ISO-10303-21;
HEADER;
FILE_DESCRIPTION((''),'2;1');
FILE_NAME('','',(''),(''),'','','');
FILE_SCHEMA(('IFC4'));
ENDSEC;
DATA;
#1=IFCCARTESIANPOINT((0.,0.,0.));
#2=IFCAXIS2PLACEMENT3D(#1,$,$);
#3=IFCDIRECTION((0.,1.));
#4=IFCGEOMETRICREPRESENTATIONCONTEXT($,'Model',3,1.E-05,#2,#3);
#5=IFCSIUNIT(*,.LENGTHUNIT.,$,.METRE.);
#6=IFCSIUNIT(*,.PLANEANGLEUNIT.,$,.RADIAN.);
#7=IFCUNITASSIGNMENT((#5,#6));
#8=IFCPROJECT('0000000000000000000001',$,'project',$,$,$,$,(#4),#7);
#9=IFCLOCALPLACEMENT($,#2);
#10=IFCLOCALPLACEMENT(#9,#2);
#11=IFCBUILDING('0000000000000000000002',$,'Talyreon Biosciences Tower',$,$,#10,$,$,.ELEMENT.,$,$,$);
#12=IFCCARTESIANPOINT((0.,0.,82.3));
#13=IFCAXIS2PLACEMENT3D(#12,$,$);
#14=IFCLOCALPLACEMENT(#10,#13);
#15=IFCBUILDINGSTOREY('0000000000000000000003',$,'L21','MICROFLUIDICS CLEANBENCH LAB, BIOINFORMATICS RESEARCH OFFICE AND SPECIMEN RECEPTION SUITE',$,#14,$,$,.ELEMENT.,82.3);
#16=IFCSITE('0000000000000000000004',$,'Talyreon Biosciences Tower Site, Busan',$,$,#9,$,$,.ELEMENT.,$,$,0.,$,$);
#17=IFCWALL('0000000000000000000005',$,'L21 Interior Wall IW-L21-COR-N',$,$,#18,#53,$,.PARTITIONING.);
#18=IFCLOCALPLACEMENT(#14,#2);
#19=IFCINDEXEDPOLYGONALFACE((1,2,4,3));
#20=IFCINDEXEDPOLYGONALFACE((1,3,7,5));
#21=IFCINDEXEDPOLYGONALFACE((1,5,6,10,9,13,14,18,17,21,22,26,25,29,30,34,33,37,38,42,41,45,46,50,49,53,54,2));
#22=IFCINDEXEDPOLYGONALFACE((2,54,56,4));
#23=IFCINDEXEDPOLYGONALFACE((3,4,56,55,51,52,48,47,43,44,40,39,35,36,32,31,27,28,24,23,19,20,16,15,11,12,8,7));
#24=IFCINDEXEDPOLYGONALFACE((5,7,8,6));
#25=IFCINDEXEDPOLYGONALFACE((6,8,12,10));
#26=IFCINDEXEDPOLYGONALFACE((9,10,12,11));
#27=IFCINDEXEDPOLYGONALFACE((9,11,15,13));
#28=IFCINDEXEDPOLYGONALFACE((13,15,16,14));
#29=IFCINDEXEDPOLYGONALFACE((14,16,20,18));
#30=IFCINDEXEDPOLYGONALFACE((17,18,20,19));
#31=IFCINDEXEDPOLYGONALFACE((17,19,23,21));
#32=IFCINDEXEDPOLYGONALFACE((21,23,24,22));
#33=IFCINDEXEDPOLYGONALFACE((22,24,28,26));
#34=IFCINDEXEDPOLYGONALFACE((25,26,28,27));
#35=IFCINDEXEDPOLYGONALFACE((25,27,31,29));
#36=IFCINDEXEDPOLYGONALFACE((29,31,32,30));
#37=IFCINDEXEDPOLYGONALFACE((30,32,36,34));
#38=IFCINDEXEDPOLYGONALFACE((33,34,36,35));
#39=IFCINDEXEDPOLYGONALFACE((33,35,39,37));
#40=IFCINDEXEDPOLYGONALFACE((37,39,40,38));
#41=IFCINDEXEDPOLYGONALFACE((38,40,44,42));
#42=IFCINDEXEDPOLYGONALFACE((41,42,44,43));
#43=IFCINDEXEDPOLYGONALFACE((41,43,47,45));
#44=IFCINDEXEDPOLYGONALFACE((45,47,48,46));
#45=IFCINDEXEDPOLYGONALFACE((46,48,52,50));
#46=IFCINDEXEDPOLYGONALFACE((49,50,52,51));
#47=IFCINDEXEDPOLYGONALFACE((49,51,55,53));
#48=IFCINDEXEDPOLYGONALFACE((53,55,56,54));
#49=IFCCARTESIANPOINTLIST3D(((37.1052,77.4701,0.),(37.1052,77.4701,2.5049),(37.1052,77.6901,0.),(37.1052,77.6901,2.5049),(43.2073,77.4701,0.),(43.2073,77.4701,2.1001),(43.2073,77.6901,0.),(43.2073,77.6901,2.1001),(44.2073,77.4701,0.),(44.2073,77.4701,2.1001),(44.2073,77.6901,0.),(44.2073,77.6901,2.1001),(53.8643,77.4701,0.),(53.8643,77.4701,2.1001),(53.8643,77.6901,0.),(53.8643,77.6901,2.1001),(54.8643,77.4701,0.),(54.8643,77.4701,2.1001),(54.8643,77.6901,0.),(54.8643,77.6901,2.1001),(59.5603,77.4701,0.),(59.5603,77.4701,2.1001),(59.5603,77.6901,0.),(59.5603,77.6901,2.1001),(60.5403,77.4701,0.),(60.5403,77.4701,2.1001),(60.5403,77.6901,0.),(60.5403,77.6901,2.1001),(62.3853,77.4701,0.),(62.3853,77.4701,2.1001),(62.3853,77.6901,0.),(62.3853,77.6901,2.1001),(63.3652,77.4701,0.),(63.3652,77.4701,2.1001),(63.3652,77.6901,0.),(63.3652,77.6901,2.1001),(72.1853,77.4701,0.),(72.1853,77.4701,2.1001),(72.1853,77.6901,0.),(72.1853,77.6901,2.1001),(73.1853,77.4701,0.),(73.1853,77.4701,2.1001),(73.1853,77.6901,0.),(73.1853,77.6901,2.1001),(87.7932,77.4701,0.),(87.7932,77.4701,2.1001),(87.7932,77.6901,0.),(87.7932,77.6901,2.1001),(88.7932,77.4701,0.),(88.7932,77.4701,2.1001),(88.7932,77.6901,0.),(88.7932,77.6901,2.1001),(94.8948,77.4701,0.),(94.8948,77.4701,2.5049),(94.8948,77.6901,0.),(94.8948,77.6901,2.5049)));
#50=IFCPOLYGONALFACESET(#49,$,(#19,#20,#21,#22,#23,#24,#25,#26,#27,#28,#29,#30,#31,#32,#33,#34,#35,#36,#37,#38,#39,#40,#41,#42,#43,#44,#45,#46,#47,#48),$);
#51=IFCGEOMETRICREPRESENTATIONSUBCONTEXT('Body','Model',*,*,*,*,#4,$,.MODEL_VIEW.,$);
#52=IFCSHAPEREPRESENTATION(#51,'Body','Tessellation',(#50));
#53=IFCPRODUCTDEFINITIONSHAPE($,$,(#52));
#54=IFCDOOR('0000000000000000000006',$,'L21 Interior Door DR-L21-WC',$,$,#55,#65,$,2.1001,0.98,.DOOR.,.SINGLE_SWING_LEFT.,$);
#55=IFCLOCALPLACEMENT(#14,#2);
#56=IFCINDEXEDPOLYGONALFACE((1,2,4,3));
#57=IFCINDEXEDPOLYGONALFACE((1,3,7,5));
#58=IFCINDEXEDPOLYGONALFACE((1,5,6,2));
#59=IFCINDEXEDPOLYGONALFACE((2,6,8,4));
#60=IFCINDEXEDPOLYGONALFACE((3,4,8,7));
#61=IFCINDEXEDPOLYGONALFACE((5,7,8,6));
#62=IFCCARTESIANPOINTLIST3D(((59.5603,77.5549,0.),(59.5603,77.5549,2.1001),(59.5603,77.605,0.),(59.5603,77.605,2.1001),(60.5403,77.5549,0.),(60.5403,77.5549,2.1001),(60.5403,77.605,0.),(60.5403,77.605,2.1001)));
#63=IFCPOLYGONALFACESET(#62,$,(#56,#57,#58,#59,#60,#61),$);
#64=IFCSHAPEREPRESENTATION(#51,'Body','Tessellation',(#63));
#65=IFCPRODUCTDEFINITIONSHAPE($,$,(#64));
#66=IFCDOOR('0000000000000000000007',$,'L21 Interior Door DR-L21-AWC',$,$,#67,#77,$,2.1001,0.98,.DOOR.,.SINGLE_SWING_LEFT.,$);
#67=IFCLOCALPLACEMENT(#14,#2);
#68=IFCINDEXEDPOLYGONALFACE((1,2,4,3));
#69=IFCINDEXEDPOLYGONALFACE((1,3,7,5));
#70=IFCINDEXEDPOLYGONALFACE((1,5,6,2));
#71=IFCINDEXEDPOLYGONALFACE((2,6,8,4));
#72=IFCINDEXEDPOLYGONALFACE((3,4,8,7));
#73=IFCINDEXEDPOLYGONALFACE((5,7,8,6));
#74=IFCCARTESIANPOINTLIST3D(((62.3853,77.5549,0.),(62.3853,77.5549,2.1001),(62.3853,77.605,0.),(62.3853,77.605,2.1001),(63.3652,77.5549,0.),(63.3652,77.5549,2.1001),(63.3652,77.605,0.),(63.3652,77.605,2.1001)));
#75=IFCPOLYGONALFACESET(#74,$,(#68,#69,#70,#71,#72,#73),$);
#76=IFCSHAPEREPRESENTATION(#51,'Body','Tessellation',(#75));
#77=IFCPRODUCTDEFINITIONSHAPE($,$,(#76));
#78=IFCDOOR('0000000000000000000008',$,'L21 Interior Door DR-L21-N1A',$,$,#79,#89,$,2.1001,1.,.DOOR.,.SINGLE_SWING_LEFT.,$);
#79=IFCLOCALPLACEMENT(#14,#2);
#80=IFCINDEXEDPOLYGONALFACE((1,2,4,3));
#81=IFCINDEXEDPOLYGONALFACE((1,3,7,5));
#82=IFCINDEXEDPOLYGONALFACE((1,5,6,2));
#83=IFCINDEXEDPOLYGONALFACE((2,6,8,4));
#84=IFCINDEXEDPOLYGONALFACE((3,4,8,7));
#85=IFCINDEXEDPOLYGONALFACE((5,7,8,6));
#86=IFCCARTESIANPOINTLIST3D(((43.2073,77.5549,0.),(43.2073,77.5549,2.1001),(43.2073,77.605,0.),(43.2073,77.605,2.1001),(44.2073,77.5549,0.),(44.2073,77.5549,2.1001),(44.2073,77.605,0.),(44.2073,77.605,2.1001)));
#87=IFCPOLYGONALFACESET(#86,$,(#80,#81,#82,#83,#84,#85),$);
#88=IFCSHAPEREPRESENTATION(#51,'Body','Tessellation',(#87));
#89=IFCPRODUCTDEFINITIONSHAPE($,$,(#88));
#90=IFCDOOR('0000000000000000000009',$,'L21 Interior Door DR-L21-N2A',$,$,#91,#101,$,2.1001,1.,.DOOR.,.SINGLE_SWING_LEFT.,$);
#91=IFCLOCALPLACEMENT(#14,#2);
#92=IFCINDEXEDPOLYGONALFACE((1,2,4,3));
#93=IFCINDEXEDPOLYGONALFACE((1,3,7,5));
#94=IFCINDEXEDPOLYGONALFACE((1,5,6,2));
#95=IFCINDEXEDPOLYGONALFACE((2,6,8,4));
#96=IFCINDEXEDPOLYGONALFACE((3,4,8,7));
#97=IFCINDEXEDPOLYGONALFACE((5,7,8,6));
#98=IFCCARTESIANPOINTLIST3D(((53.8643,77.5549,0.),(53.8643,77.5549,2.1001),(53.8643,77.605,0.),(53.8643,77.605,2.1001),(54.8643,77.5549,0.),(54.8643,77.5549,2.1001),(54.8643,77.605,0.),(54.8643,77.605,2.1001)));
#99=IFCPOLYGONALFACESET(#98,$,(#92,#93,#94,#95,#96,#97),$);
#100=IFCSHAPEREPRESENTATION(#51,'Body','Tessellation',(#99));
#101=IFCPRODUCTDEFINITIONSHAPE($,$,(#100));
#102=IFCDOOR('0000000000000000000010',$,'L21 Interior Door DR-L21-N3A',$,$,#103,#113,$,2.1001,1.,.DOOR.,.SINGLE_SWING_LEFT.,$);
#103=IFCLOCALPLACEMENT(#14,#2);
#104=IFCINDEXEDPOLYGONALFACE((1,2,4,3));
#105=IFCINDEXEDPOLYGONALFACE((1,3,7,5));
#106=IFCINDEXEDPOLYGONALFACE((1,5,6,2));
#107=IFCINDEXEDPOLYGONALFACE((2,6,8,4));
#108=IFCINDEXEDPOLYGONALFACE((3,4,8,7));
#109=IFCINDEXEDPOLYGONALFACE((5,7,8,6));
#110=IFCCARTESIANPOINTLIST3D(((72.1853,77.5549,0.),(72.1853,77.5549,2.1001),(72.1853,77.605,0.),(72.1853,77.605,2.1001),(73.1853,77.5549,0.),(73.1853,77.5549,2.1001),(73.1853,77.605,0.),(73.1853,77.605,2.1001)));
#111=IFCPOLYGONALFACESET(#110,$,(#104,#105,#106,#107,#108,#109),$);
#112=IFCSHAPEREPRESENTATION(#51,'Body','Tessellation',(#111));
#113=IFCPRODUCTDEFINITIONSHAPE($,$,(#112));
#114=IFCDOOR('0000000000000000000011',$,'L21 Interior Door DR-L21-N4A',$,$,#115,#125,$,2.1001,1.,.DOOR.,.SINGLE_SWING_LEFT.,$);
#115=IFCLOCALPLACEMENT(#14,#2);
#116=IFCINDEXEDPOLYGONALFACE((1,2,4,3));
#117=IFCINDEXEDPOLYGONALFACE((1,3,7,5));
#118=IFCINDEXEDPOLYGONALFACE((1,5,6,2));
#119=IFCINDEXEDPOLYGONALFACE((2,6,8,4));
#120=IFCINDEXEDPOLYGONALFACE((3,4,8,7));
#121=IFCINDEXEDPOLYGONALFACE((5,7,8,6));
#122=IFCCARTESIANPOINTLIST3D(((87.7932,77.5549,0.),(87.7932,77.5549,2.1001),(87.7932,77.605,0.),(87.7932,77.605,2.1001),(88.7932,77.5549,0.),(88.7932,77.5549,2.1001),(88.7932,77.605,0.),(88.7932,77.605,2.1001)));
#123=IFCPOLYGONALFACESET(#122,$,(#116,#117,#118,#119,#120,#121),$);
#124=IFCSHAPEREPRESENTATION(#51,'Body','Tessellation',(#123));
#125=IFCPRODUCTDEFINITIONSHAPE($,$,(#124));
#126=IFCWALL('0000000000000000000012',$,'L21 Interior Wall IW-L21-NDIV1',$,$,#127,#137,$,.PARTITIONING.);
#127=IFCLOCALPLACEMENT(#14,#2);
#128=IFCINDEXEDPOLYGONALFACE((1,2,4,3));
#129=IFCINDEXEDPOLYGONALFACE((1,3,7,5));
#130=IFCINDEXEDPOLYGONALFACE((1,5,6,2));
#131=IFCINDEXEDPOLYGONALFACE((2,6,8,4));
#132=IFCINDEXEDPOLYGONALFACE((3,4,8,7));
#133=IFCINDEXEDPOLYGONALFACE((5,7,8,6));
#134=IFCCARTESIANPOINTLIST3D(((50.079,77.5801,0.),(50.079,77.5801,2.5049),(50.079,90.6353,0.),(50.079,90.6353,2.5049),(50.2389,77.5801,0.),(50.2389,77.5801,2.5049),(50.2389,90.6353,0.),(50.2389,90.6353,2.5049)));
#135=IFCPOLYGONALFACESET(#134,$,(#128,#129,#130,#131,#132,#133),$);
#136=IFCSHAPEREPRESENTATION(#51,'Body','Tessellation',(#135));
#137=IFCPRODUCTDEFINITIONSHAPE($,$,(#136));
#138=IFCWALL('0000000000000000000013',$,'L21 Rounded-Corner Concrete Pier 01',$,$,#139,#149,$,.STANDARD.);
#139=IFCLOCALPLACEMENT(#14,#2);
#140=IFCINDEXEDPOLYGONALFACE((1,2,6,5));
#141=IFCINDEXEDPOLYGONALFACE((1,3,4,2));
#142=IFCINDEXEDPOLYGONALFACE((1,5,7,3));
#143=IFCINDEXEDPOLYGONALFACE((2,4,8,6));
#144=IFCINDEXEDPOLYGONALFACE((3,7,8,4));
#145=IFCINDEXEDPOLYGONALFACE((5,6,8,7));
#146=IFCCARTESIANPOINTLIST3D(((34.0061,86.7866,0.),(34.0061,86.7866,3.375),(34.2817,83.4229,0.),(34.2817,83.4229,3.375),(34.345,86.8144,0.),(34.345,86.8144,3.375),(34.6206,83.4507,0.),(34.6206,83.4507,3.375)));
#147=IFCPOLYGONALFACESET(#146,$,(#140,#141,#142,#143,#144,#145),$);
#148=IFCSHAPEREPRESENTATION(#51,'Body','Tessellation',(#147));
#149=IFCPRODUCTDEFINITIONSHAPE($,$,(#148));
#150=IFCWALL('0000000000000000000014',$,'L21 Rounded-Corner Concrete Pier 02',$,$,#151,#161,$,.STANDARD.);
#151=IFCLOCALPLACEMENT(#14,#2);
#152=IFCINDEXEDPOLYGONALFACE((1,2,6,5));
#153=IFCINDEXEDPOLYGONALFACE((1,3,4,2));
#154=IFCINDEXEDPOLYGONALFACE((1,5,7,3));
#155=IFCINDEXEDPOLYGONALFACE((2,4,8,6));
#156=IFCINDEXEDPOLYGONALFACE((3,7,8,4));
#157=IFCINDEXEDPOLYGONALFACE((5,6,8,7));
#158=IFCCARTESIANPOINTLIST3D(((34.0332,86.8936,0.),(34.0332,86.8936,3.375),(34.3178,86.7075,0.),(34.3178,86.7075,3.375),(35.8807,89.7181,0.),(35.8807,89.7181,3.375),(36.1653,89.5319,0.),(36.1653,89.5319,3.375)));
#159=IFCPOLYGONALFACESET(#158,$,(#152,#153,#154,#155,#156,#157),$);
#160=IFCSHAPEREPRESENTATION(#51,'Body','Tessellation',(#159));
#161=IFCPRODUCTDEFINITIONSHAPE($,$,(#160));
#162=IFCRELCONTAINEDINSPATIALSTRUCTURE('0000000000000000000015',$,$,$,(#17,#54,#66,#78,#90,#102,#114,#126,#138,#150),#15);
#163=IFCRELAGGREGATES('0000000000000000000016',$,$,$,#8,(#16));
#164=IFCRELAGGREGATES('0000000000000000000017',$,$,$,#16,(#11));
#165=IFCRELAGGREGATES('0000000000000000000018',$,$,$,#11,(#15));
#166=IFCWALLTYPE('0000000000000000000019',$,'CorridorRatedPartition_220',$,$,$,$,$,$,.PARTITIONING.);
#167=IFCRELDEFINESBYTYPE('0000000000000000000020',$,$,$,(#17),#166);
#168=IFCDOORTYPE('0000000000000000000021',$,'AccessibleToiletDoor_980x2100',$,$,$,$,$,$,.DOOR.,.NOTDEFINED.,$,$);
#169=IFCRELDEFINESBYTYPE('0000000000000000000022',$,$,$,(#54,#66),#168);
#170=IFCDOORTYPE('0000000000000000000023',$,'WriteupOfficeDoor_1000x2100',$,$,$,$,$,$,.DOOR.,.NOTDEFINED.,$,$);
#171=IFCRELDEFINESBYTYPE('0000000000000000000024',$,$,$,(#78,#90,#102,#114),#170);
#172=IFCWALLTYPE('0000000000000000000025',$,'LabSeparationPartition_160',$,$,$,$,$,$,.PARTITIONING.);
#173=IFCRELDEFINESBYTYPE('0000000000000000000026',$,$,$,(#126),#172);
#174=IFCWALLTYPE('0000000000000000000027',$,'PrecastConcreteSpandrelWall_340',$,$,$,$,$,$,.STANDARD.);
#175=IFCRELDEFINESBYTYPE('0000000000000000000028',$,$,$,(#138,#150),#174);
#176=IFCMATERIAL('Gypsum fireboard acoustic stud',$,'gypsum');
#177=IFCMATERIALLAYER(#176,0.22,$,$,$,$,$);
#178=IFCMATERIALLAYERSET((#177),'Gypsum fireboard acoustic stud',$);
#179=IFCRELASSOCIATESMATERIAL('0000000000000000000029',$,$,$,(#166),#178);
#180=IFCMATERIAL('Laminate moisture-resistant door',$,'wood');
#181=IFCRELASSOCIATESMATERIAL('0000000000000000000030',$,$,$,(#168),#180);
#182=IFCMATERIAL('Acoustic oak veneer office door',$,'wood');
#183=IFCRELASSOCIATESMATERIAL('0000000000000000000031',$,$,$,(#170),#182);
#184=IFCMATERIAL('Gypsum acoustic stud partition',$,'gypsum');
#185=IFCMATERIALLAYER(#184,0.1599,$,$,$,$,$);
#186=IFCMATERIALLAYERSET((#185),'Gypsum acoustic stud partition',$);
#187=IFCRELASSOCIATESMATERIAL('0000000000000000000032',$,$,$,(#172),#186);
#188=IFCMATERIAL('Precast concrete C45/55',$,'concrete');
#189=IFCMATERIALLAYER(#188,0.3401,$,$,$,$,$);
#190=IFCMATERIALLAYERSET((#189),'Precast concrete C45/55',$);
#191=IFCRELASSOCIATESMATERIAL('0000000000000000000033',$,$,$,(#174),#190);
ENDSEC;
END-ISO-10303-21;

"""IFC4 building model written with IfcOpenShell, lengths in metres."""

from ifc_helpers import new_model, si_unit, direction, frame, frame_2d, origin, place, context, subcontext, project, spatial, rectangle, extrude, material, layer, layer_set, type_object, element, fill, save


model = new_model("IFC4")

# Units and contexts
model_context = context("Model", 3, precision=1e-05, world=origin(), true_north=direction((0.0, 1.0)))
body_context = subcontext(model_context, "Body", "Model", "MODEL_VIEW")
ifc_project = project(units=[si_unit("LENGTHUNIT", "METRE"), si_unit("PLANEANGLEUNIT", "RADIAN")], contexts=[model_context])

# Site, building, storey
site_placement = place(None, origin())
site = spatial("IfcSite", under=ifc_project, at=site_placement, Name="Talyreon Biosciences Tower Site, Busan", CompositionType="ELEMENT", RefElevation=0.0)
building_placement = place(site_placement, origin())
building = spatial("IfcBuilding", under=site, at=building_placement, Name="Talyreon Biosciences Tower", CompositionType="ELEMENT")
storey_placement = place(building_placement, frame((0.0, 0.0, 82.3)))
storey = spatial("IfcBuildingStorey", under=building, at=storey_placement, Name="L21", Description="MICROFLUIDICS CLEANBENCH LAB, BIOINFORMATICS RESEARCH OFFICE AND SPECIMEN RECEPTION SUITE", CompositionType="ELEMENT", Elevation=82.3)

# Shared definitions
ifc_material_1 = material(Name="Precast concrete C45/55", Category="concrete")

# Wall, openings, doors
ifc_material_2 = material(Name="Gypsum fireboard acoustic stud", Category="gypsum")
ifc_layer_1 = layer(ifc_material_2, 0.22)
ifc_layer_set_1 = layer_set([ifc_layer_1], Name="Gypsum fireboard acoustic stud")
wall_type_1 = type_object("IfcWallType", Name="CorridorRatedPartition_220", PredefinedType="PARTITIONING", material=ifc_layer_set_1)
wall_1_placement = place(storey_placement, frame((37.1052, 77.5801, 0.0), z_axis=(0.0, 0.0, 1.0), x_axis=(1.0, 0.0, 0.0)))
wall_1 = element("IfcWall", 1, at=wall_1_placement, inside=storey, type_object=wall_type_1, Name="L21 Interior Wall IW-L21-COR-N", PredefinedType="PARTITIONING", context=body_context, shape_type="SweptSolid", body=[
    extrude(rectangle(XDim=57.7896, YDim=0.22, at=frame_2d((28.8948, 0.0))), origin(), (0.0, 0.0, 1.0), 2.5049),
])
opening_1_placement = place(wall_1_placement, frame((22.4551, 0.0, 0.0)))
opening_1 = element("IfcOpeningElement", 2, at=opening_1_placement, cuts=wall_1, PredefinedType="OPENING", context=body_context, shape_type="SweptSolid", body=[
    extrude(rectangle(XDim=0.98, YDim=2.1001, at=frame_2d((0.49, 1.05))), frame((0.0, 0.1199, 0.0), z_axis=(0.0, -1.0, 0.0), x_axis=(1.0, 0.0, 0.0)), (0.0, 0.0, 1.0), 0.24),
])
opening_2_placement = place(wall_1_placement, frame((25.28, 0.0, 0.0)))
opening_2 = element("IfcOpeningElement", 3, at=opening_2_placement, cuts=wall_1, PredefinedType="OPENING", context=body_context, shape_type="SweptSolid", body=[
    extrude(rectangle(XDim=0.98, YDim=2.1001, at=frame_2d((0.49, 1.05))), frame((0.0, 0.1199, 0.0), z_axis=(0.0, -1.0, 0.0), x_axis=(1.0, 0.0, 0.0)), (0.0, 0.0, 1.0), 0.24),
])
opening_3_placement = place(wall_1_placement, frame((6.1021, 0.0, 0.0)))
opening_3 = element("IfcOpeningElement", 4, at=opening_3_placement, cuts=wall_1, PredefinedType="OPENING", context=body_context, shape_type="SweptSolid", body=[
    extrude(rectangle(XDim=1.0, YDim=2.1001, at=frame_2d((0.5, 1.05))), frame((0.0, 0.1199, 0.0), z_axis=(0.0, -1.0, 0.0), x_axis=(1.0, 0.0, 0.0)), (0.0, 0.0, 1.0), 0.24),
])
opening_4_placement = place(wall_1_placement, frame((16.759, 0.0, 0.0)))
opening_4 = element("IfcOpeningElement", 5, at=opening_4_placement, cuts=wall_1, PredefinedType="OPENING", context=body_context, shape_type="SweptSolid", body=[
    extrude(rectangle(XDim=1.0, YDim=2.1001, at=frame_2d((0.5, 1.05))), frame((0.0, 0.1199, 0.0), z_axis=(0.0, -1.0, 0.0), x_axis=(1.0, 0.0, 0.0)), (0.0, 0.0, 1.0), 0.24),
])
opening_5_placement = place(wall_1_placement, frame((35.0801, 0.0, 0.0)))
opening_5 = element("IfcOpeningElement", 6, at=opening_5_placement, cuts=wall_1, PredefinedType="OPENING", context=body_context, shape_type="SweptSolid", body=[
    extrude(rectangle(XDim=1.0, YDim=2.1001, at=frame_2d((0.5, 1.05))), frame((0.0, 0.1199, 0.0), z_axis=(0.0, -1.0, 0.0), x_axis=(1.0, 0.0, 0.0)), (0.0, 0.0, 1.0), 0.24),
])
opening_6_placement = place(wall_1_placement, frame((50.688, 0.0, 0.0)))
opening_6 = element("IfcOpeningElement", 7, at=opening_6_placement, cuts=wall_1, PredefinedType="OPENING", context=body_context, shape_type="SweptSolid", body=[
    extrude(rectangle(XDim=1.0, YDim=2.1001, at=frame_2d((0.5, 1.05))), frame((0.0, 0.1199, 0.0), z_axis=(0.0, -1.0, 0.0), x_axis=(1.0, 0.0, 0.0)), (0.0, 0.0, 1.0), 0.24),
])
ifc_material_3 = material(Name="Laminate moisture-resistant door", Category="wood")
door_type_1 = type_object("IfcDoorType", Name="AccessibleToiletDoor_980x2100", OperationType="NOTDEFINED", PredefinedType="DOOR", material=ifc_material_3)
door_1_placement = place(opening_1_placement, origin())
door_1 = element("IfcDoor", 8, at=door_1_placement, inside=storey, type_object=door_type_1, Name="L21 Interior Door DR-L21-WC", OperationType="SINGLE_SWING_LEFT", OverallHeight=2.1001, OverallWidth=0.98, PredefinedType="DOOR", context=body_context, shape_type="SweptSolid", body=[
    extrude(rectangle(XDim=0.98, YDim=2.1001, at=frame_2d((0.49, 1.05))), frame((0.0, 0.0249, 0.0), z_axis=(0.0, -1.0, 0.0), x_axis=(1.0, 0.0, 0.0)), (0.0, 0.0, 1.0), 0.05),
])
fill(opening_1, door_1)
door_2_placement = place(opening_2_placement, origin())
door_2 = element("IfcDoor", 9, at=door_2_placement, inside=storey, type_object=door_type_1, Name="L21 Interior Door DR-L21-AWC", OperationType="SINGLE_SWING_LEFT", OverallHeight=2.1001, OverallWidth=0.98, PredefinedType="DOOR", context=body_context, shape_type="SweptSolid", body=[
    extrude(rectangle(XDim=0.98, YDim=2.1001, at=frame_2d((0.49, 1.05))), frame((0.0, 0.0249, 0.0), z_axis=(0.0, -1.0, 0.0), x_axis=(1.0, 0.0, 0.0)), (0.0, 0.0, 1.0), 0.05),
])
fill(opening_2, door_2)
ifc_material_4 = material(Name="Acoustic oak veneer office door", Category="wood")
door_type_2 = type_object("IfcDoorType", Name="WriteupOfficeDoor_1000x2100", OperationType="NOTDEFINED", PredefinedType="DOOR", material=ifc_material_4)
door_3_placement = place(opening_3_placement, origin())
door_3 = element("IfcDoor", 10, at=door_3_placement, inside=storey, type_object=door_type_2, Name="L21 Interior Door DR-L21-N1A", OperationType="SINGLE_SWING_LEFT", OverallHeight=2.1001, OverallWidth=1.0, PredefinedType="DOOR", context=body_context, shape_type="SweptSolid", body=[
    extrude(rectangle(XDim=1.0, YDim=2.1001, at=frame_2d((0.5, 1.05))), frame((0.0, 0.0249, 0.0), z_axis=(0.0, -1.0, 0.0), x_axis=(1.0, 0.0, 0.0)), (0.0, 0.0, 1.0), 0.05),
])
fill(opening_3, door_3)
door_4_placement = place(opening_4_placement, origin())
door_4 = element("IfcDoor", 11, at=door_4_placement, inside=storey, type_object=door_type_2, Name="L21 Interior Door DR-L21-N2A", OperationType="SINGLE_SWING_LEFT", OverallHeight=2.1001, OverallWidth=1.0, PredefinedType="DOOR", context=body_context, shape_type="SweptSolid", body=[
    extrude(rectangle(XDim=1.0, YDim=2.1001, at=frame_2d((0.5, 1.05))), frame((0.0, 0.0249, 0.0), z_axis=(0.0, -1.0, 0.0), x_axis=(1.0, 0.0, 0.0)), (0.0, 0.0, 1.0), 0.05),
])
fill(opening_4, door_4)
door_5_placement = place(opening_5_placement, origin())
door_5 = element("IfcDoor", 12, at=door_5_placement, inside=storey, type_object=door_type_2, Name="L21 Interior Door DR-L21-N3A", OperationType="SINGLE_SWING_LEFT", OverallHeight=2.1001, OverallWidth=1.0, PredefinedType="DOOR", context=body_context, shape_type="SweptSolid", body=[
    extrude(rectangle(XDim=1.0, YDim=2.1001, at=frame_2d((0.5, 1.05))), frame((0.0, 0.0249, 0.0), z_axis=(0.0, -1.0, 0.0), x_axis=(1.0, 0.0, 0.0)), (0.0, 0.0, 1.0), 0.05),
])
fill(opening_5, door_5)
door_6_placement = place(opening_6_placement, origin())
door_6 = element("IfcDoor", 13, at=door_6_placement, inside=storey, type_object=door_type_2, Name="L21 Interior Door DR-L21-N4A", OperationType="SINGLE_SWING_LEFT", OverallHeight=2.1001, OverallWidth=1.0, PredefinedType="DOOR", context=body_context, shape_type="SweptSolid", body=[
    extrude(rectangle(XDim=1.0, YDim=2.1001, at=frame_2d((0.5, 1.05))), frame((0.0, 0.0249, 0.0), z_axis=(0.0, -1.0, 0.0), x_axis=(1.0, 0.0, 0.0)), (0.0, 0.0, 1.0), 0.05),
])
fill(opening_6, door_6)

# Walls
ifc_material_5 = material(Name="Gypsum acoustic stud partition", Category="gypsum")
ifc_layer_2 = layer(ifc_material_5, 0.1599)
ifc_layer_set_2 = layer_set([ifc_layer_2], Name="Gypsum acoustic stud partition")
wall_type_2 = type_object("IfcWallType", Name="LabSeparationPartition_160", PredefinedType="PARTITIONING", material=ifc_layer_set_2)
wall_2_placement = place(storey_placement, frame((50.1589, 77.5801, 0.0), z_axis=(0.0, 0.0, 1.0), x_axis=(0.0, 1.0, 0.0)))
element("IfcWall", 14, at=wall_2_placement, inside=storey, type_object=wall_type_2, Name="L21 Interior Wall IW-L21-NDIV1", PredefinedType="PARTITIONING", context=body_context, shape_type="SweptSolid", body=[
    extrude(rectangle(XDim=13.0552, YDim=0.1599, at=frame_2d((6.5276, 0.0))), origin(), (0.0, 0.0, 1.0), 2.5049),
])
ifc_layer_3 = layer(ifc_material_1, 0.3401)
ifc_layer_set_3 = layer_set([ifc_layer_3], Name="Precast concrete C45/55")
wall_type_3 = type_object("IfcWallType", Name="PrecastConcreteSpandrelWall_340", PredefinedType="STANDARD", material=ifc_layer_set_3)
for number, where, z_axis, x_axis, name in (
    (15, (34.4512, 83.4368, 0.0), (0.0, 0.0, 1.0), (-0.081669, 0.99666, 0.0), "L21 Rounded-Corner Concrete Pier 01"),
    (16, (34.1755, 86.8005, 0.0), (0.0, 0.0, 1.0), (0.547384, 0.836882, 0.0), "L21 Rounded-Corner Concrete Pier 02"),
):
    element("IfcWall", number, at=place(storey_placement, frame(where, z_axis=z_axis, x_axis=x_axis)), inside=storey, type_object=wall_type_3, Name=name, PredefinedType="STANDARD", context=body_context, shape_type="SweptSolid", body=[
        extrude(rectangle(XDim=3.375, YDim=0.3401, at=frame_2d((1.6875, 0.0))), origin(), (0.0, 0.0, 1.0), 3.375),
    ])

save(model, "model.ifc")
